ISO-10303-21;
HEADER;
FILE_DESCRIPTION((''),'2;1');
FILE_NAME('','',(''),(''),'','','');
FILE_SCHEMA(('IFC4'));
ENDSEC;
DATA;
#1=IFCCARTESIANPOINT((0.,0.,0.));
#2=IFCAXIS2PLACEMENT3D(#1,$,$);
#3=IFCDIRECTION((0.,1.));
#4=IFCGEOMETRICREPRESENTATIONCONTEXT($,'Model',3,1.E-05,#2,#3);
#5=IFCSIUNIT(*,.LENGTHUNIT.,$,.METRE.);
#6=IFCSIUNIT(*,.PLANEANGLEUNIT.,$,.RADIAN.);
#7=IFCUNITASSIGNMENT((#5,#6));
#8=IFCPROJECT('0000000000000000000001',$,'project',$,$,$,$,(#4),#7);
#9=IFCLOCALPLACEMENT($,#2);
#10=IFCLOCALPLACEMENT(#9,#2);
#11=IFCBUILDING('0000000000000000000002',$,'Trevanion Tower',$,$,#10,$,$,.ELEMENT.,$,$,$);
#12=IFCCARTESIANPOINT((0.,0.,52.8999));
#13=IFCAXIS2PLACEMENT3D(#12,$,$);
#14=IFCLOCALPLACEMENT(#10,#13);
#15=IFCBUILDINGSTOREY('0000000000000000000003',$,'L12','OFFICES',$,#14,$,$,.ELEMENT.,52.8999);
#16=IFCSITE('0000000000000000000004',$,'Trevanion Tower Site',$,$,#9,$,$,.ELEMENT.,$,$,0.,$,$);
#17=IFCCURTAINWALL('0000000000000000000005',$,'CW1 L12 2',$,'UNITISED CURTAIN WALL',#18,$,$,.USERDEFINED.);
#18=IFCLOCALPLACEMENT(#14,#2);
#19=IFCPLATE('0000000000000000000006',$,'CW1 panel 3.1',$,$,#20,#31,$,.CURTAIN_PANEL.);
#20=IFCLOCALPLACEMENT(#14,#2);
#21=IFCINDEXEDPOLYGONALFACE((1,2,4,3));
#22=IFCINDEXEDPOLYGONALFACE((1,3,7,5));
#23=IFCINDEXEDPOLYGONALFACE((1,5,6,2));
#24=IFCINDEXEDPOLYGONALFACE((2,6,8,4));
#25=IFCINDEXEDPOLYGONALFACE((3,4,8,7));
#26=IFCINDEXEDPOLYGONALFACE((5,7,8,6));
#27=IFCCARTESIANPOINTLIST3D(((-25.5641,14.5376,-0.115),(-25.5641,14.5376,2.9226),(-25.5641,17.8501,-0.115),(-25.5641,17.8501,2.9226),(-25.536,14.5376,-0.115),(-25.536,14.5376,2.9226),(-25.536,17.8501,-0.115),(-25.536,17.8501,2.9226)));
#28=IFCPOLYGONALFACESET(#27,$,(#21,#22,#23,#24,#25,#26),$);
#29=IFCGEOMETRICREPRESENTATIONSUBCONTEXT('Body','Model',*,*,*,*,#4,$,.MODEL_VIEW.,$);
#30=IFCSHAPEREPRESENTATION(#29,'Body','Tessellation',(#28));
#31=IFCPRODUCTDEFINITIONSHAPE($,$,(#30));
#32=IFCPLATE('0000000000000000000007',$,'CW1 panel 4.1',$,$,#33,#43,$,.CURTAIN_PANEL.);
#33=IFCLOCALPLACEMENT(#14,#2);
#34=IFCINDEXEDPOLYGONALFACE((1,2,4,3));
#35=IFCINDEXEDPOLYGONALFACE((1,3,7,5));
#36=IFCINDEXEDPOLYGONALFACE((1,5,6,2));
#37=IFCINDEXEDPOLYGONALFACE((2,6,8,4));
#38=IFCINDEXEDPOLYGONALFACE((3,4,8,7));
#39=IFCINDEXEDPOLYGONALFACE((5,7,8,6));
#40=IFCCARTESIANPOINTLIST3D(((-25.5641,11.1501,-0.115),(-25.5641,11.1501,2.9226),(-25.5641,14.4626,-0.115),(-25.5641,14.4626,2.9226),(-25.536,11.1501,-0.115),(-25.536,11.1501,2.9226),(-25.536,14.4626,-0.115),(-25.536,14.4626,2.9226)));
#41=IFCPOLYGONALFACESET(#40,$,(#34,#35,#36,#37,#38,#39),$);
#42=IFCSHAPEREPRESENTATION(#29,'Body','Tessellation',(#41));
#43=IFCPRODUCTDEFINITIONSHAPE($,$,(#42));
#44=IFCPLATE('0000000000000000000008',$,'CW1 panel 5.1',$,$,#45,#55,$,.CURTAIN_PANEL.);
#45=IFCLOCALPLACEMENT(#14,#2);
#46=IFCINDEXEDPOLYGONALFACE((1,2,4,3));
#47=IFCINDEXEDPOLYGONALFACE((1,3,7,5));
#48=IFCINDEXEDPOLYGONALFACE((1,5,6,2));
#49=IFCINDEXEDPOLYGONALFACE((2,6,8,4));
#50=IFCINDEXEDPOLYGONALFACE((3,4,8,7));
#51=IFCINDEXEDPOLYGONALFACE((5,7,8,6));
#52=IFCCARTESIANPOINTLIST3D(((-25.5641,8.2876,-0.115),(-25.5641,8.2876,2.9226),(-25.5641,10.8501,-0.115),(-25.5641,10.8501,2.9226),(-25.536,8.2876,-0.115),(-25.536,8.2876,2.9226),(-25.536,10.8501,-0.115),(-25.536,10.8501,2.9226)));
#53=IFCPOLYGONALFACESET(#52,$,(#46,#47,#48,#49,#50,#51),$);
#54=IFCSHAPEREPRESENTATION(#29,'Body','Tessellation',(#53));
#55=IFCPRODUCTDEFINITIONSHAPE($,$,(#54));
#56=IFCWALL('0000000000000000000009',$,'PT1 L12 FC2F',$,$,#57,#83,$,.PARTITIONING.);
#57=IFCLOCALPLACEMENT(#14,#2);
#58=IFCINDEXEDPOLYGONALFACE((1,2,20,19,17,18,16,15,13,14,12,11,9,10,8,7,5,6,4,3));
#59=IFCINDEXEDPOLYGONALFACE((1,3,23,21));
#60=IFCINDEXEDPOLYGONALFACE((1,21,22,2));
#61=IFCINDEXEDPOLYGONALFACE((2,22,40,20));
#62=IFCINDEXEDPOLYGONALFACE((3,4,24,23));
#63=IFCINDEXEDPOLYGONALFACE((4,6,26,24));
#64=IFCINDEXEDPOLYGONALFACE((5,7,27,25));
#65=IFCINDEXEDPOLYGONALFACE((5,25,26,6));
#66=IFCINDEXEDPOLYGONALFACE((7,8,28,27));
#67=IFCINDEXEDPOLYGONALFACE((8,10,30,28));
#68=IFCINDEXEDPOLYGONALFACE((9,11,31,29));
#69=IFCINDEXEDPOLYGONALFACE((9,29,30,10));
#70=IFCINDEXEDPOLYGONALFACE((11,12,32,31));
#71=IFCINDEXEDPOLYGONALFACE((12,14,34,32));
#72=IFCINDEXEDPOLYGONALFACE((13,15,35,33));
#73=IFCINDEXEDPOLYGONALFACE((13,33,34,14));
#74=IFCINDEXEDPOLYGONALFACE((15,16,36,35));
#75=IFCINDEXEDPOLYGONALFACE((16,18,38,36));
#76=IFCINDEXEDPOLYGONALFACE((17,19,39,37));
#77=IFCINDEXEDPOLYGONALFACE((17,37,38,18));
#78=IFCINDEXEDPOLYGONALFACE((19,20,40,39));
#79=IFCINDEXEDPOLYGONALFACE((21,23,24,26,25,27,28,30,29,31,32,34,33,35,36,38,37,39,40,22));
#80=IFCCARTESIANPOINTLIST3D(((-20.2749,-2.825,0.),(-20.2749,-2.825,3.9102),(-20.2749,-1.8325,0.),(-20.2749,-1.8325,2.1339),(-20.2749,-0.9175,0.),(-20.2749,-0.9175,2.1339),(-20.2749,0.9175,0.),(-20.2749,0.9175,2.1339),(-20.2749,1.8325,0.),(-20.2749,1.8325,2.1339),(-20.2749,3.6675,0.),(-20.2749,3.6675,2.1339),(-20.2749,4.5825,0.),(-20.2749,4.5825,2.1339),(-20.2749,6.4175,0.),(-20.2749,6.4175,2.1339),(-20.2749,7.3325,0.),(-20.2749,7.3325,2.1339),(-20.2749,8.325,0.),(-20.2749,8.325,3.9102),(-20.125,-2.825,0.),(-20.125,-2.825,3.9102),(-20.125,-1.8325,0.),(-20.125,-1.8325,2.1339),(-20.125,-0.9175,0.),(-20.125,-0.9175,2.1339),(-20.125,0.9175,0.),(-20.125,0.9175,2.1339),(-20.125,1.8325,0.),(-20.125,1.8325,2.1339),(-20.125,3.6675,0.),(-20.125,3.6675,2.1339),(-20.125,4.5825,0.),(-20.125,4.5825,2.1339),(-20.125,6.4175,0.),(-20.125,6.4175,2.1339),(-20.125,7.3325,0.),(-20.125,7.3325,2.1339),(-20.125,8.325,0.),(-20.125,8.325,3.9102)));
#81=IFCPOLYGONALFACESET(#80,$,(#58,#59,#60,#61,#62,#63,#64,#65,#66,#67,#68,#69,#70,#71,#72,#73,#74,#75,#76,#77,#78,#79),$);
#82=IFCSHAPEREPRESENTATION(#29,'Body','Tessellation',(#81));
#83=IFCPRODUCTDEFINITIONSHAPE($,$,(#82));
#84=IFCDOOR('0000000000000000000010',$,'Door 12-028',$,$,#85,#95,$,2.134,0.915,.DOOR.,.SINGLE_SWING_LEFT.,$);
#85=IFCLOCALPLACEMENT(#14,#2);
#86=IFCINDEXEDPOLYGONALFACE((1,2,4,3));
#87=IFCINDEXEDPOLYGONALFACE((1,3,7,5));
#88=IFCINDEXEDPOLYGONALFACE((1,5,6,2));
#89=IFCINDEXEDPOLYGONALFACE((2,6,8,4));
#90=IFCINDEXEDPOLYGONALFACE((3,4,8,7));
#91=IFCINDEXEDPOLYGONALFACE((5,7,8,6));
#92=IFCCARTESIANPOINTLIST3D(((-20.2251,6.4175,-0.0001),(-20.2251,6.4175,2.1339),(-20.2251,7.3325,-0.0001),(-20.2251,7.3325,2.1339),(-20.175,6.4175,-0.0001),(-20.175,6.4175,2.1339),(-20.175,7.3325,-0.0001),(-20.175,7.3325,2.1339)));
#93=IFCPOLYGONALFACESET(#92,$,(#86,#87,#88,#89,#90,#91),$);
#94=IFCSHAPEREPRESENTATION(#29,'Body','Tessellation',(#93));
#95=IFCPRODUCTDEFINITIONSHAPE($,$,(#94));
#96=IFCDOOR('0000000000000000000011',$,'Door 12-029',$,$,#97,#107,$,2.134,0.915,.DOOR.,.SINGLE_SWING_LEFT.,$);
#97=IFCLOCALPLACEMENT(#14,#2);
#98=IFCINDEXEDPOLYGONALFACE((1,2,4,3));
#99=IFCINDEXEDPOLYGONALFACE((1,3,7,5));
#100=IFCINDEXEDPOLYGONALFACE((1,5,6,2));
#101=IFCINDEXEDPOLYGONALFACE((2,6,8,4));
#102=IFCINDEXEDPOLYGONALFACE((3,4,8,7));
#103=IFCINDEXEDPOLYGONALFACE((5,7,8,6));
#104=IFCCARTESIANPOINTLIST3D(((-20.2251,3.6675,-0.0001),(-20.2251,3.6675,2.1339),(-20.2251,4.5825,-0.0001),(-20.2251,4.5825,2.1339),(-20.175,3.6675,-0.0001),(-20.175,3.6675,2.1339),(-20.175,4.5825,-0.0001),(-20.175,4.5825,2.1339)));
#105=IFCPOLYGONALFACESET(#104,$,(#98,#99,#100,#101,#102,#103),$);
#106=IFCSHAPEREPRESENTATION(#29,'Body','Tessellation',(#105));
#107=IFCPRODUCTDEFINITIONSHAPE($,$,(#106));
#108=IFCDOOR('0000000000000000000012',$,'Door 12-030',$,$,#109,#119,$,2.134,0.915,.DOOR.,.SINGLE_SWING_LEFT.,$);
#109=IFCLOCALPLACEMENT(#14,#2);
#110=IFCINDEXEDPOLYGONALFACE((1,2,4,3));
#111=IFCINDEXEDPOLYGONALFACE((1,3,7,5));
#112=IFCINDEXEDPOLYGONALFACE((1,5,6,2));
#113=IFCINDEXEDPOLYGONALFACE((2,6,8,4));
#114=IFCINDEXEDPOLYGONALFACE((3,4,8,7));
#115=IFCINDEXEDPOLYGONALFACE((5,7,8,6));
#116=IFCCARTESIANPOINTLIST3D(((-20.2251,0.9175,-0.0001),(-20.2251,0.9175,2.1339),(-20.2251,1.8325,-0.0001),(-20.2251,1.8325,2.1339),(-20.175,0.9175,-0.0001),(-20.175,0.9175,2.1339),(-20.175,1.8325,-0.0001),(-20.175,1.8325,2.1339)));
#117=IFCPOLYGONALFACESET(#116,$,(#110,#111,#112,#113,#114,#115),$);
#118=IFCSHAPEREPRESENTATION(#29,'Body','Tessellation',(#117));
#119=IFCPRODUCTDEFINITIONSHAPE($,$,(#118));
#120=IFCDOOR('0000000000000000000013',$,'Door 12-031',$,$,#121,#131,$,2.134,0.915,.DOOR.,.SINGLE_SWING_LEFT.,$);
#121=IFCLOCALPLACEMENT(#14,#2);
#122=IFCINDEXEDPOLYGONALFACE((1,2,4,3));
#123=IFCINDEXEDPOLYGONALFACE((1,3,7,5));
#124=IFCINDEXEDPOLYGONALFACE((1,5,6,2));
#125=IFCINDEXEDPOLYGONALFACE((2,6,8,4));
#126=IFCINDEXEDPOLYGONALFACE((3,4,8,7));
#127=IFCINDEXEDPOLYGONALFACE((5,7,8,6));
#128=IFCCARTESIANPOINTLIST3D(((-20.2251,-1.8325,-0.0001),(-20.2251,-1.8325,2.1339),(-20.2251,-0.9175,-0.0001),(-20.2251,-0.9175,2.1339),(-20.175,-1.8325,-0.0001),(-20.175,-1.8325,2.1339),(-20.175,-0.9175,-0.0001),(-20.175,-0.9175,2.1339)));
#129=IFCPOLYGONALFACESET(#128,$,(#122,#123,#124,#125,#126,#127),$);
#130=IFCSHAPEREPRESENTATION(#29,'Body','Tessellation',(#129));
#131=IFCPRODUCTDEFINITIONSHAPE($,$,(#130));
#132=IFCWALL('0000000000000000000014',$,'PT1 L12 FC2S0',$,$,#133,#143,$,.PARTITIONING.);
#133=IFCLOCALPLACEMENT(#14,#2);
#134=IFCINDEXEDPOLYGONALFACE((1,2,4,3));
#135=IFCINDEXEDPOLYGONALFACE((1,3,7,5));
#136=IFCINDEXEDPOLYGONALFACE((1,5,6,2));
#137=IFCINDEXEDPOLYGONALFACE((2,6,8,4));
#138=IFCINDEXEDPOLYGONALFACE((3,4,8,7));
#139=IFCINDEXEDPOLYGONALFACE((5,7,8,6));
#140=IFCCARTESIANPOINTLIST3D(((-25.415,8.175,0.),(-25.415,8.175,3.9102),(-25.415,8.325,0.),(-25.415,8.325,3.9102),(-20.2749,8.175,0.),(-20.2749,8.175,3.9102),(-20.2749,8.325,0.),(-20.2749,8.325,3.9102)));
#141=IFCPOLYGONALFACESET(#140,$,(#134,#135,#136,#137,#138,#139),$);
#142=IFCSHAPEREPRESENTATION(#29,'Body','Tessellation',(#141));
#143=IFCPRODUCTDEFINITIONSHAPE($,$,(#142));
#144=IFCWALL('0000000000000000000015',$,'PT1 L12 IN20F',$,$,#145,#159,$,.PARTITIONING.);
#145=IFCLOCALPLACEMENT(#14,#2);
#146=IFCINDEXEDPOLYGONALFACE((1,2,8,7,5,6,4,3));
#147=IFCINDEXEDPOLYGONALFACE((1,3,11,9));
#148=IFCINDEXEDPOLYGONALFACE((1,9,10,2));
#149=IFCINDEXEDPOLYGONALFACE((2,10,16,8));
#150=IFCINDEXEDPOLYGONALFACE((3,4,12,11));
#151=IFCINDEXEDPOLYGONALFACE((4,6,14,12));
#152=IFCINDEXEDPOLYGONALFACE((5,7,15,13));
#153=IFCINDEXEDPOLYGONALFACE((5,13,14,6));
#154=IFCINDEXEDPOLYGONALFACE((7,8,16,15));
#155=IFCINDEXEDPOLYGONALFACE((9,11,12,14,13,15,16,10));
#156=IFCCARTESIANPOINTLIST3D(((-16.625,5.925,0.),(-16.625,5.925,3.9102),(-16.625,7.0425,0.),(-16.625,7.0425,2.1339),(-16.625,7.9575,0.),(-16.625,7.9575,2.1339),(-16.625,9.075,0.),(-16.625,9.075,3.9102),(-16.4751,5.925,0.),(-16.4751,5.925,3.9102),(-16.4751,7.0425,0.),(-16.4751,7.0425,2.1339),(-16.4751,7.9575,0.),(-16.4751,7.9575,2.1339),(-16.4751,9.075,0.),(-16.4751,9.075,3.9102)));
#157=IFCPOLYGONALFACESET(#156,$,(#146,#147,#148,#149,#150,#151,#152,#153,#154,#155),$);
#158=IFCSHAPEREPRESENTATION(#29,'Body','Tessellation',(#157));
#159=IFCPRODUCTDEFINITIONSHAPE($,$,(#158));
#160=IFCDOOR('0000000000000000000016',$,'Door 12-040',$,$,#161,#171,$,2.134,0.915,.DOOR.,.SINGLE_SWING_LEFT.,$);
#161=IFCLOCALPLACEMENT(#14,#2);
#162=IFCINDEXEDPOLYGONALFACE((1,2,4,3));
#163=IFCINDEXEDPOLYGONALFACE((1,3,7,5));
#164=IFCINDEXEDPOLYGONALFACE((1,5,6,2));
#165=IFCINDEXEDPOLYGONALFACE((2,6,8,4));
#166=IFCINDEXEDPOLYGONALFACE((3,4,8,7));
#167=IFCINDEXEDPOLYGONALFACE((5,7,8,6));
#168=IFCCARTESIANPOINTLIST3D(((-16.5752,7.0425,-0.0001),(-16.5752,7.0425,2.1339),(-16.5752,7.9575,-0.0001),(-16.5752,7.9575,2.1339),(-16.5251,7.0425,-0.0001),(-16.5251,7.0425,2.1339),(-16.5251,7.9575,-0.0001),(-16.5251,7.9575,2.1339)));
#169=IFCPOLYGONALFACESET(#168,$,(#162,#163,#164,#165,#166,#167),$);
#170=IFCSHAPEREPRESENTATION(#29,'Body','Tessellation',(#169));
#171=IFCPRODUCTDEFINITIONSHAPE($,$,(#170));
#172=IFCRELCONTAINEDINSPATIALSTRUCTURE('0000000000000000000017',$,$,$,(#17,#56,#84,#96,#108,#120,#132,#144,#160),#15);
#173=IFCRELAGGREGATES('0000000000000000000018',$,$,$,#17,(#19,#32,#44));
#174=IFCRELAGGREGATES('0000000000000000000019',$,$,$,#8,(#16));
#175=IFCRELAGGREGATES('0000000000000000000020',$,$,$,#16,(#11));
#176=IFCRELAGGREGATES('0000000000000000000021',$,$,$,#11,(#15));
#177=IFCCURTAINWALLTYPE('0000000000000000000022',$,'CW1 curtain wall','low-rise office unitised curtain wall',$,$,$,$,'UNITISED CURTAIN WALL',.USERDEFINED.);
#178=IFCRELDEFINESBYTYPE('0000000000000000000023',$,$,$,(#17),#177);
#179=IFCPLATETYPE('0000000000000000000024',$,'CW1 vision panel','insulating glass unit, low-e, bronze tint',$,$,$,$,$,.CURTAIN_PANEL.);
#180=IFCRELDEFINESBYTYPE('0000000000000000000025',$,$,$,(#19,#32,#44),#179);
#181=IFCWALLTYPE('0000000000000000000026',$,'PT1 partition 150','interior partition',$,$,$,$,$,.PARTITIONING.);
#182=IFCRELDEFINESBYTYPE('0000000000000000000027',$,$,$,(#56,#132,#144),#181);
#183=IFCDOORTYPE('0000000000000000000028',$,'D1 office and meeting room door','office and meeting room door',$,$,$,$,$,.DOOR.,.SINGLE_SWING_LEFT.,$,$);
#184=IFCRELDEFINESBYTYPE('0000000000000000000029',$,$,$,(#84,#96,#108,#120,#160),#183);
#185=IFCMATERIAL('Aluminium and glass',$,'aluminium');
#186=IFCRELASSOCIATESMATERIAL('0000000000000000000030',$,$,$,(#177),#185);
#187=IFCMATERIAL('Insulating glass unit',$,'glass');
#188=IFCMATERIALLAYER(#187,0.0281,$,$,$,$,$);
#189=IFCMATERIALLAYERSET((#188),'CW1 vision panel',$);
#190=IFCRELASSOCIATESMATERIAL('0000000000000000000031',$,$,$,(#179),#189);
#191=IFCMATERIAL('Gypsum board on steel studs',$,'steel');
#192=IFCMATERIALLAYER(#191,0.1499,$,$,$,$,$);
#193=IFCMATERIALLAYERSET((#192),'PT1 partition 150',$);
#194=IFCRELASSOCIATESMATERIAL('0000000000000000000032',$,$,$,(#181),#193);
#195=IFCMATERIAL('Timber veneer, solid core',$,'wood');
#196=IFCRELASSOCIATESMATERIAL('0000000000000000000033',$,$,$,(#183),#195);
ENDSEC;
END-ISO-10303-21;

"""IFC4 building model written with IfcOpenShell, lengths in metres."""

from ifc_helpers import new_model, si_unit, direction, frame, frame_2d, origin, origin_2d, place, context, subcontext, project, spatial, rectangle, extrude, material, layer, layer_set, type_object, element, fill, aggregate, save


model = new_model("IFC4")

# Units and contexts
model_context = context("Model", 3, precision=1e-05, world=origin(), true_north=direction((0.0, 1.0)))
body_context = subcontext(model_context, "Body", "Model", "MODEL_VIEW")
ifc_project = project(units=[si_unit("LENGTHUNIT", "METRE"), si_unit("PLANEANGLEUNIT", "RADIAN")], contexts=[model_context])

# Site, building, storey
site_placement = place(None, origin())
site = spatial("IfcSite", under=ifc_project, at=site_placement, Name="Trevanion Tower Site", CompositionType="ELEMENT", RefElevation=0.0)
building_placement = place(site_placement, origin())
building = spatial("IfcBuilding", under=site, at=building_placement, Name="Trevanion Tower", CompositionType="ELEMENT")
storey_placement = place(building_placement, frame((0.0, 0.0, 52.8999)))
storey = spatial("IfcBuildingStorey", under=building, at=storey_placement, Name="L12", Description="OFFICES", CompositionType="ELEMENT", Elevation=52.8999)

# Curtain wall
ifc_material_1 = material(Name="Aluminium and glass", Category="aluminium")
curtain_wall_type = type_object("IfcCurtainWallType", Name="CW1 curtain wall", Description="low-rise office unitised curtain wall", ElementType="UNITISED CURTAIN WALL", PredefinedType="USERDEFINED", material=ifc_material_1)
curtain_wall_placement = place(storey_placement, origin())
curtain_wall = element("IfcCurtainWall", 1, at=curtain_wall_placement, inside=storey, type_object=curtain_wall_type, Name="CW1 L12 2", ObjectType="UNITISED CURTAIN WALL", PredefinedType="USERDEFINED")

# Plates
ifc_material_2 = material(Name="Insulating glass unit", Category="glass")
ifc_layer_1 = layer(ifc_material_2, 0.0281)
ifc_layer_set_1 = layer_set([ifc_layer_1], Name="CW1 vision panel")
plate_type_1 = type_object("IfcPlateType", Name="CW1 vision panel", Description="insulating glass unit, low-e, bronze tint", PredefinedType="CURTAIN_PANEL", material=ifc_layer_set_1)
plate_1_placement = place(storey_placement, frame((-25.55, 16.1938, -0.115), z_axis=(0.0, 0.0, 1.0), x_axis=(0.0, -1.0, 0.0)))
plate_1 = element("IfcPlate", 2, at=plate_1_placement, type_object=plate_type_1, Name="CW1 panel 3.1", PredefinedType="CURTAIN_PANEL", context=body_context, shape_type="SweptSolid", body=[
    extrude(rectangle(XDim=3.3125, YDim=0.0281, at=origin_2d()), origin(), (0.0, 0.0, 1.0), 3.0376),
])
plate_2_placement = place(storey_placement, frame((-25.55, 12.8064, -0.115), z_axis=(0.0, 0.0, 1.0), x_axis=(0.0, -1.0, 0.0)))
plate_2 = element("IfcPlate", 3, at=plate_2_placement, type_object=plate_type_1, Name="CW1 panel 4.1", PredefinedType="CURTAIN_PANEL", context=body_context, shape_type="SweptSolid", body=[
    extrude(rectangle(XDim=3.3125, YDim=0.0281, at=origin_2d()), origin(), (0.0, 0.0, 1.0), 3.0376),
])
plate_3_placement = place(storey_placement, frame((-25.55, 9.5688, -0.115), z_axis=(0.0, 0.0, 1.0), x_axis=(0.0, -1.0, 0.0)))
plate_3 = element("IfcPlate", 4, at=plate_3_placement, type_object=plate_type_1, Name="CW1 panel 5.1", PredefinedType="CURTAIN_PANEL", context=body_context, shape_type="SweptSolid", body=[
    extrude(rectangle(XDim=2.5625, YDim=0.0281, at=origin_2d()), origin(), (0.0, 0.0, 1.0), 3.0376),
])
aggregate(curtain_wall, [plate_1, plate_2, plate_3])

# Wall, openings, doors
ifc_material_3 = material(Name="Gypsum board on steel studs", Category="steel")
ifc_layer_2 = layer(ifc_material_3, 0.1499)
ifc_layer_set_2 = layer_set([ifc_layer_2], Name="PT1 partition 150")
wall_type = type_object("IfcWallType", Name="PT1 partition 150", Description="interior partition", PredefinedType="PARTITIONING", material=ifc_layer_set_2)
wall_1_placement = place(storey_placement, frame((-20.2, 8.325, 0.0), z_axis=(0.0, 0.0, 1.0), x_axis=(0.0, -1.0, 0.0)))
wall_1 = element("IfcWall", 5, at=wall_1_placement, inside=storey, type_object=wall_type, Name="PT1 L12 FC2F", PredefinedType="PARTITIONING", context=body_context, shape_type="SweptSolid", body=[
    extrude(rectangle(XDim=11.1499, YDim=0.1499, at=frame_2d((5.575, 0.0))), origin(), (0.0, 0.0, 1.0), 3.9102),
])
opening_1_placement = place(wall_1_placement, frame((0.9924, 0.0, 0.0)))
opening_1 = element("IfcOpeningElement", 6, at=opening_1_placement, cuts=wall_1, PredefinedType="OPENING", context=body_context, shape_type="SweptSolid", body=[
    extrude(rectangle(XDim=0.915, YDim=2.134, at=frame_2d((0.4575, 1.0669))), frame((0.0, 0.085, 0.0), z_axis=(0.0, -1.0, 0.0), x_axis=(1.0, 0.0, 0.0)), (0.0, 0.0, 1.0), 0.1699),
])
opening_2_placement = place(wall_1_placement, frame((3.7424, 0.0, 0.0)))
opening_2 = element("IfcOpeningElement", 7, at=opening_2_placement, cuts=wall_1, PredefinedType="OPENING", context=body_context, shape_type="SweptSolid", body=[
    extrude(rectangle(XDim=0.915, YDim=2.134, at=frame_2d((0.4575, 1.0669))), frame((0.0, 0.085, 0.0), z_axis=(0.0, -1.0, 0.0), x_axis=(1.0, 0.0, 0.0)), (0.0, 0.0, 1.0), 0.1699),
])
opening_3_placement = place(wall_1_placement, frame((6.4924, 0.0, 0.0)))
opening_3 = element("IfcOpeningElement", 8, at=opening_3_placement, cuts=wall_1, PredefinedType="OPENING", context=body_context, shape_type="SweptSolid", body=[
    extrude(rectangle(XDim=0.915, YDim=2.134, at=frame_2d((0.4575, 1.0669))), frame((0.0, 0.085, 0.0), z_axis=(0.0, -1.0, 0.0), x_axis=(1.0, 0.0, 0.0)), (0.0, 0.0, 1.0), 0.1699),
])
opening_4_placement = place(wall_1_placement, frame((9.2424, 0.0, 0.0)))
opening_4 = element("IfcOpeningElement", 9, at=opening_4_placement, cuts=wall_1, PredefinedType="OPENING", context=body_context, shape_type="SweptSolid", body=[
    extrude(rectangle(XDim=0.915, YDim=2.134, at=frame_2d((0.4575, 1.0669))), frame((0.0, 0.085, 0.0), z_axis=(0.0, -1.0, 0.0), x_axis=(1.0, 0.0, 0.0)), (0.0, 0.0, 1.0), 0.1699),
])
ifc_material_4 = material(Name="Timber veneer, solid core", Category="wood")
door_type = type_object("IfcDoorType", Name="D1 office and meeting room door", Description="office and meeting room door", OperationType="SINGLE_SWING_LEFT", PredefinedType="DOOR", material=ifc_material_4)
door_1_placement = place(opening_1_placement, origin())
door_1 = element("IfcDoor", 10, at=door_1_placement, inside=storey, type_object=door_type, Name="Door 12-028", OperationType="SINGLE_SWING_LEFT", OverallHeight=2.134, OverallWidth=0.915, PredefinedType="DOOR", context=body_context, shape_type="SweptSolid", body=[
    extrude(rectangle(XDim=0.915, YDim=2.134, at=frame_2d((0.4575, 1.0669))), frame((0.0, 0.0249, 0.0), z_axis=(0.0, -1.0, 0.0), x_axis=(1.0, 0.0, 0.0)), (0.0, 0.0, 1.0), 0.05),
])
fill(opening_1, door_1)
door_2_placement = place(opening_2_placement, origin())
door_2 = element("IfcDoor", 11, at=door_2_placement, inside=storey, type_object=door_type, Name="Door 12-029", OperationType="SINGLE_SWING_LEFT", OverallHeight=2.134, OverallWidth=0.915, PredefinedType="DOOR", context=body_context, shape_type="SweptSolid", body=[
    extrude(rectangle(XDim=0.915, YDim=2.134, at=frame_2d((0.4575, 1.0669))), frame((0.0, 0.0249, 0.0), z_axis=(0.0, -1.0, 0.0), x_axis=(1.0, 0.0, 0.0)), (0.0, 0.0, 1.0), 0.05),
])
fill(opening_2, door_2)
door_3_placement = place(opening_3_placement, origin())
door_3 = element("IfcDoor", 12, at=door_3_placement, inside=storey, type_object=door_type, Name="Door 12-030", OperationType="SINGLE_SWING_LEFT", OverallHeight=2.134, OverallWidth=0.915, PredefinedType="DOOR", context=body_context, shape_type="SweptSolid", body=[
    extrude(rectangle(XDim=0.915, YDim=2.134, at=frame_2d((0.4575, 1.0669))), frame((0.0, 0.0249, 0.0), z_axis=(0.0, -1.0, 0.0), x_axis=(1.0, 0.0, 0.0)), (0.0, 0.0, 1.0), 0.05),
])
fill(opening_3, door_3)
door_4_placement = place(opening_4_placement, origin())
door_4 = element("IfcDoor", 13, at=door_4_placement, inside=storey, type_object=door_type, Name="Door 12-031", OperationType="SINGLE_SWING_LEFT", OverallHeight=2.134, OverallWidth=0.915, PredefinedType="DOOR", context=body_context, shape_type="SweptSolid", body=[
    extrude(rectangle(XDim=0.915, YDim=2.134, at=frame_2d((0.4575, 1.0669))), frame((0.0, 0.0249, 0.0), z_axis=(0.0, -1.0, 0.0), x_axis=(1.0, 0.0, 0.0)), (0.0, 0.0, 1.0), 0.05),
])
fill(opening_4, door_4)

# Wall
wall_2_placement = place(storey_placement, frame((-20.2749, 8.25, 0.0), z_axis=(0.0, 0.0, 1.0), x_axis=(-1.0, 0.0, 0.0)))
element("IfcWall", 14, at=wall_2_placement, inside=storey, type_object=wall_type, Name="PT1 L12 FC2S0", PredefinedType="PARTITIONING", context=body_context, shape_type="SweptSolid", body=[
    extrude(rectangle(XDim=5.1401, YDim=0.1499, at=frame_2d((2.5701, 0.0))), origin(), (0.0, 0.0, 1.0), 3.9102),
])

# Wall, opening, door
wall_3_placement = place(storey_placement, frame((-16.55, 9.075, 0.0), z_axis=(0.0, 0.0, 1.0), x_axis=(0.0, -1.0, 0.0)))
wall_3 = element("IfcWall", 15, at=wall_3_placement, inside=storey, type_object=wall_type, Name="PT1 L12 IN20F", PredefinedType="PARTITIONING", context=body_context, shape_type="SweptSolid", body=[
    extrude(rectangle(XDim=3.1499, YDim=0.1499, at=frame_2d((1.575, 0.0))), origin(), (0.0, 0.0, 1.0), 3.9102),
])
opening_5_placement = place(wall_3_placement, frame((1.1174, 0.0, 0.0)))
opening_5 = element("IfcOpeningElement", 16, at=opening_5_placement, cuts=wall_3, PredefinedType="OPENING", context=body_context, shape_type="SweptSolid", body=[
    extrude(rectangle(XDim=0.915, YDim=2.134, at=frame_2d((0.4575, 1.0669))), frame((0.0, 0.085, 0.0), z_axis=(0.0, -1.0, 0.0), x_axis=(1.0, 0.0, 0.0)), (0.0, 0.0, 1.0), 0.1699),
])
door_5_placement = place(opening_5_placement, origin())
door_5 = element("IfcDoor", 17, at=door_5_placement, inside=storey, type_object=door_type, Name="Door 12-040", OperationType="SINGLE_SWING_LEFT", OverallHeight=2.134, OverallWidth=0.915, PredefinedType="DOOR", context=body_context, shape_type="SweptSolid", body=[
    extrude(rectangle(XDim=0.915, YDim=2.134, at=frame_2d((0.4575, 1.0669))), frame((0.0, 0.0249, 0.0), z_axis=(0.0, -1.0, 0.0), x_axis=(1.0, 0.0, 0.0)), (0.0, 0.0, 1.0), 0.05),
])
fill(opening_5, door_5)

save(model, "model.ifc")
